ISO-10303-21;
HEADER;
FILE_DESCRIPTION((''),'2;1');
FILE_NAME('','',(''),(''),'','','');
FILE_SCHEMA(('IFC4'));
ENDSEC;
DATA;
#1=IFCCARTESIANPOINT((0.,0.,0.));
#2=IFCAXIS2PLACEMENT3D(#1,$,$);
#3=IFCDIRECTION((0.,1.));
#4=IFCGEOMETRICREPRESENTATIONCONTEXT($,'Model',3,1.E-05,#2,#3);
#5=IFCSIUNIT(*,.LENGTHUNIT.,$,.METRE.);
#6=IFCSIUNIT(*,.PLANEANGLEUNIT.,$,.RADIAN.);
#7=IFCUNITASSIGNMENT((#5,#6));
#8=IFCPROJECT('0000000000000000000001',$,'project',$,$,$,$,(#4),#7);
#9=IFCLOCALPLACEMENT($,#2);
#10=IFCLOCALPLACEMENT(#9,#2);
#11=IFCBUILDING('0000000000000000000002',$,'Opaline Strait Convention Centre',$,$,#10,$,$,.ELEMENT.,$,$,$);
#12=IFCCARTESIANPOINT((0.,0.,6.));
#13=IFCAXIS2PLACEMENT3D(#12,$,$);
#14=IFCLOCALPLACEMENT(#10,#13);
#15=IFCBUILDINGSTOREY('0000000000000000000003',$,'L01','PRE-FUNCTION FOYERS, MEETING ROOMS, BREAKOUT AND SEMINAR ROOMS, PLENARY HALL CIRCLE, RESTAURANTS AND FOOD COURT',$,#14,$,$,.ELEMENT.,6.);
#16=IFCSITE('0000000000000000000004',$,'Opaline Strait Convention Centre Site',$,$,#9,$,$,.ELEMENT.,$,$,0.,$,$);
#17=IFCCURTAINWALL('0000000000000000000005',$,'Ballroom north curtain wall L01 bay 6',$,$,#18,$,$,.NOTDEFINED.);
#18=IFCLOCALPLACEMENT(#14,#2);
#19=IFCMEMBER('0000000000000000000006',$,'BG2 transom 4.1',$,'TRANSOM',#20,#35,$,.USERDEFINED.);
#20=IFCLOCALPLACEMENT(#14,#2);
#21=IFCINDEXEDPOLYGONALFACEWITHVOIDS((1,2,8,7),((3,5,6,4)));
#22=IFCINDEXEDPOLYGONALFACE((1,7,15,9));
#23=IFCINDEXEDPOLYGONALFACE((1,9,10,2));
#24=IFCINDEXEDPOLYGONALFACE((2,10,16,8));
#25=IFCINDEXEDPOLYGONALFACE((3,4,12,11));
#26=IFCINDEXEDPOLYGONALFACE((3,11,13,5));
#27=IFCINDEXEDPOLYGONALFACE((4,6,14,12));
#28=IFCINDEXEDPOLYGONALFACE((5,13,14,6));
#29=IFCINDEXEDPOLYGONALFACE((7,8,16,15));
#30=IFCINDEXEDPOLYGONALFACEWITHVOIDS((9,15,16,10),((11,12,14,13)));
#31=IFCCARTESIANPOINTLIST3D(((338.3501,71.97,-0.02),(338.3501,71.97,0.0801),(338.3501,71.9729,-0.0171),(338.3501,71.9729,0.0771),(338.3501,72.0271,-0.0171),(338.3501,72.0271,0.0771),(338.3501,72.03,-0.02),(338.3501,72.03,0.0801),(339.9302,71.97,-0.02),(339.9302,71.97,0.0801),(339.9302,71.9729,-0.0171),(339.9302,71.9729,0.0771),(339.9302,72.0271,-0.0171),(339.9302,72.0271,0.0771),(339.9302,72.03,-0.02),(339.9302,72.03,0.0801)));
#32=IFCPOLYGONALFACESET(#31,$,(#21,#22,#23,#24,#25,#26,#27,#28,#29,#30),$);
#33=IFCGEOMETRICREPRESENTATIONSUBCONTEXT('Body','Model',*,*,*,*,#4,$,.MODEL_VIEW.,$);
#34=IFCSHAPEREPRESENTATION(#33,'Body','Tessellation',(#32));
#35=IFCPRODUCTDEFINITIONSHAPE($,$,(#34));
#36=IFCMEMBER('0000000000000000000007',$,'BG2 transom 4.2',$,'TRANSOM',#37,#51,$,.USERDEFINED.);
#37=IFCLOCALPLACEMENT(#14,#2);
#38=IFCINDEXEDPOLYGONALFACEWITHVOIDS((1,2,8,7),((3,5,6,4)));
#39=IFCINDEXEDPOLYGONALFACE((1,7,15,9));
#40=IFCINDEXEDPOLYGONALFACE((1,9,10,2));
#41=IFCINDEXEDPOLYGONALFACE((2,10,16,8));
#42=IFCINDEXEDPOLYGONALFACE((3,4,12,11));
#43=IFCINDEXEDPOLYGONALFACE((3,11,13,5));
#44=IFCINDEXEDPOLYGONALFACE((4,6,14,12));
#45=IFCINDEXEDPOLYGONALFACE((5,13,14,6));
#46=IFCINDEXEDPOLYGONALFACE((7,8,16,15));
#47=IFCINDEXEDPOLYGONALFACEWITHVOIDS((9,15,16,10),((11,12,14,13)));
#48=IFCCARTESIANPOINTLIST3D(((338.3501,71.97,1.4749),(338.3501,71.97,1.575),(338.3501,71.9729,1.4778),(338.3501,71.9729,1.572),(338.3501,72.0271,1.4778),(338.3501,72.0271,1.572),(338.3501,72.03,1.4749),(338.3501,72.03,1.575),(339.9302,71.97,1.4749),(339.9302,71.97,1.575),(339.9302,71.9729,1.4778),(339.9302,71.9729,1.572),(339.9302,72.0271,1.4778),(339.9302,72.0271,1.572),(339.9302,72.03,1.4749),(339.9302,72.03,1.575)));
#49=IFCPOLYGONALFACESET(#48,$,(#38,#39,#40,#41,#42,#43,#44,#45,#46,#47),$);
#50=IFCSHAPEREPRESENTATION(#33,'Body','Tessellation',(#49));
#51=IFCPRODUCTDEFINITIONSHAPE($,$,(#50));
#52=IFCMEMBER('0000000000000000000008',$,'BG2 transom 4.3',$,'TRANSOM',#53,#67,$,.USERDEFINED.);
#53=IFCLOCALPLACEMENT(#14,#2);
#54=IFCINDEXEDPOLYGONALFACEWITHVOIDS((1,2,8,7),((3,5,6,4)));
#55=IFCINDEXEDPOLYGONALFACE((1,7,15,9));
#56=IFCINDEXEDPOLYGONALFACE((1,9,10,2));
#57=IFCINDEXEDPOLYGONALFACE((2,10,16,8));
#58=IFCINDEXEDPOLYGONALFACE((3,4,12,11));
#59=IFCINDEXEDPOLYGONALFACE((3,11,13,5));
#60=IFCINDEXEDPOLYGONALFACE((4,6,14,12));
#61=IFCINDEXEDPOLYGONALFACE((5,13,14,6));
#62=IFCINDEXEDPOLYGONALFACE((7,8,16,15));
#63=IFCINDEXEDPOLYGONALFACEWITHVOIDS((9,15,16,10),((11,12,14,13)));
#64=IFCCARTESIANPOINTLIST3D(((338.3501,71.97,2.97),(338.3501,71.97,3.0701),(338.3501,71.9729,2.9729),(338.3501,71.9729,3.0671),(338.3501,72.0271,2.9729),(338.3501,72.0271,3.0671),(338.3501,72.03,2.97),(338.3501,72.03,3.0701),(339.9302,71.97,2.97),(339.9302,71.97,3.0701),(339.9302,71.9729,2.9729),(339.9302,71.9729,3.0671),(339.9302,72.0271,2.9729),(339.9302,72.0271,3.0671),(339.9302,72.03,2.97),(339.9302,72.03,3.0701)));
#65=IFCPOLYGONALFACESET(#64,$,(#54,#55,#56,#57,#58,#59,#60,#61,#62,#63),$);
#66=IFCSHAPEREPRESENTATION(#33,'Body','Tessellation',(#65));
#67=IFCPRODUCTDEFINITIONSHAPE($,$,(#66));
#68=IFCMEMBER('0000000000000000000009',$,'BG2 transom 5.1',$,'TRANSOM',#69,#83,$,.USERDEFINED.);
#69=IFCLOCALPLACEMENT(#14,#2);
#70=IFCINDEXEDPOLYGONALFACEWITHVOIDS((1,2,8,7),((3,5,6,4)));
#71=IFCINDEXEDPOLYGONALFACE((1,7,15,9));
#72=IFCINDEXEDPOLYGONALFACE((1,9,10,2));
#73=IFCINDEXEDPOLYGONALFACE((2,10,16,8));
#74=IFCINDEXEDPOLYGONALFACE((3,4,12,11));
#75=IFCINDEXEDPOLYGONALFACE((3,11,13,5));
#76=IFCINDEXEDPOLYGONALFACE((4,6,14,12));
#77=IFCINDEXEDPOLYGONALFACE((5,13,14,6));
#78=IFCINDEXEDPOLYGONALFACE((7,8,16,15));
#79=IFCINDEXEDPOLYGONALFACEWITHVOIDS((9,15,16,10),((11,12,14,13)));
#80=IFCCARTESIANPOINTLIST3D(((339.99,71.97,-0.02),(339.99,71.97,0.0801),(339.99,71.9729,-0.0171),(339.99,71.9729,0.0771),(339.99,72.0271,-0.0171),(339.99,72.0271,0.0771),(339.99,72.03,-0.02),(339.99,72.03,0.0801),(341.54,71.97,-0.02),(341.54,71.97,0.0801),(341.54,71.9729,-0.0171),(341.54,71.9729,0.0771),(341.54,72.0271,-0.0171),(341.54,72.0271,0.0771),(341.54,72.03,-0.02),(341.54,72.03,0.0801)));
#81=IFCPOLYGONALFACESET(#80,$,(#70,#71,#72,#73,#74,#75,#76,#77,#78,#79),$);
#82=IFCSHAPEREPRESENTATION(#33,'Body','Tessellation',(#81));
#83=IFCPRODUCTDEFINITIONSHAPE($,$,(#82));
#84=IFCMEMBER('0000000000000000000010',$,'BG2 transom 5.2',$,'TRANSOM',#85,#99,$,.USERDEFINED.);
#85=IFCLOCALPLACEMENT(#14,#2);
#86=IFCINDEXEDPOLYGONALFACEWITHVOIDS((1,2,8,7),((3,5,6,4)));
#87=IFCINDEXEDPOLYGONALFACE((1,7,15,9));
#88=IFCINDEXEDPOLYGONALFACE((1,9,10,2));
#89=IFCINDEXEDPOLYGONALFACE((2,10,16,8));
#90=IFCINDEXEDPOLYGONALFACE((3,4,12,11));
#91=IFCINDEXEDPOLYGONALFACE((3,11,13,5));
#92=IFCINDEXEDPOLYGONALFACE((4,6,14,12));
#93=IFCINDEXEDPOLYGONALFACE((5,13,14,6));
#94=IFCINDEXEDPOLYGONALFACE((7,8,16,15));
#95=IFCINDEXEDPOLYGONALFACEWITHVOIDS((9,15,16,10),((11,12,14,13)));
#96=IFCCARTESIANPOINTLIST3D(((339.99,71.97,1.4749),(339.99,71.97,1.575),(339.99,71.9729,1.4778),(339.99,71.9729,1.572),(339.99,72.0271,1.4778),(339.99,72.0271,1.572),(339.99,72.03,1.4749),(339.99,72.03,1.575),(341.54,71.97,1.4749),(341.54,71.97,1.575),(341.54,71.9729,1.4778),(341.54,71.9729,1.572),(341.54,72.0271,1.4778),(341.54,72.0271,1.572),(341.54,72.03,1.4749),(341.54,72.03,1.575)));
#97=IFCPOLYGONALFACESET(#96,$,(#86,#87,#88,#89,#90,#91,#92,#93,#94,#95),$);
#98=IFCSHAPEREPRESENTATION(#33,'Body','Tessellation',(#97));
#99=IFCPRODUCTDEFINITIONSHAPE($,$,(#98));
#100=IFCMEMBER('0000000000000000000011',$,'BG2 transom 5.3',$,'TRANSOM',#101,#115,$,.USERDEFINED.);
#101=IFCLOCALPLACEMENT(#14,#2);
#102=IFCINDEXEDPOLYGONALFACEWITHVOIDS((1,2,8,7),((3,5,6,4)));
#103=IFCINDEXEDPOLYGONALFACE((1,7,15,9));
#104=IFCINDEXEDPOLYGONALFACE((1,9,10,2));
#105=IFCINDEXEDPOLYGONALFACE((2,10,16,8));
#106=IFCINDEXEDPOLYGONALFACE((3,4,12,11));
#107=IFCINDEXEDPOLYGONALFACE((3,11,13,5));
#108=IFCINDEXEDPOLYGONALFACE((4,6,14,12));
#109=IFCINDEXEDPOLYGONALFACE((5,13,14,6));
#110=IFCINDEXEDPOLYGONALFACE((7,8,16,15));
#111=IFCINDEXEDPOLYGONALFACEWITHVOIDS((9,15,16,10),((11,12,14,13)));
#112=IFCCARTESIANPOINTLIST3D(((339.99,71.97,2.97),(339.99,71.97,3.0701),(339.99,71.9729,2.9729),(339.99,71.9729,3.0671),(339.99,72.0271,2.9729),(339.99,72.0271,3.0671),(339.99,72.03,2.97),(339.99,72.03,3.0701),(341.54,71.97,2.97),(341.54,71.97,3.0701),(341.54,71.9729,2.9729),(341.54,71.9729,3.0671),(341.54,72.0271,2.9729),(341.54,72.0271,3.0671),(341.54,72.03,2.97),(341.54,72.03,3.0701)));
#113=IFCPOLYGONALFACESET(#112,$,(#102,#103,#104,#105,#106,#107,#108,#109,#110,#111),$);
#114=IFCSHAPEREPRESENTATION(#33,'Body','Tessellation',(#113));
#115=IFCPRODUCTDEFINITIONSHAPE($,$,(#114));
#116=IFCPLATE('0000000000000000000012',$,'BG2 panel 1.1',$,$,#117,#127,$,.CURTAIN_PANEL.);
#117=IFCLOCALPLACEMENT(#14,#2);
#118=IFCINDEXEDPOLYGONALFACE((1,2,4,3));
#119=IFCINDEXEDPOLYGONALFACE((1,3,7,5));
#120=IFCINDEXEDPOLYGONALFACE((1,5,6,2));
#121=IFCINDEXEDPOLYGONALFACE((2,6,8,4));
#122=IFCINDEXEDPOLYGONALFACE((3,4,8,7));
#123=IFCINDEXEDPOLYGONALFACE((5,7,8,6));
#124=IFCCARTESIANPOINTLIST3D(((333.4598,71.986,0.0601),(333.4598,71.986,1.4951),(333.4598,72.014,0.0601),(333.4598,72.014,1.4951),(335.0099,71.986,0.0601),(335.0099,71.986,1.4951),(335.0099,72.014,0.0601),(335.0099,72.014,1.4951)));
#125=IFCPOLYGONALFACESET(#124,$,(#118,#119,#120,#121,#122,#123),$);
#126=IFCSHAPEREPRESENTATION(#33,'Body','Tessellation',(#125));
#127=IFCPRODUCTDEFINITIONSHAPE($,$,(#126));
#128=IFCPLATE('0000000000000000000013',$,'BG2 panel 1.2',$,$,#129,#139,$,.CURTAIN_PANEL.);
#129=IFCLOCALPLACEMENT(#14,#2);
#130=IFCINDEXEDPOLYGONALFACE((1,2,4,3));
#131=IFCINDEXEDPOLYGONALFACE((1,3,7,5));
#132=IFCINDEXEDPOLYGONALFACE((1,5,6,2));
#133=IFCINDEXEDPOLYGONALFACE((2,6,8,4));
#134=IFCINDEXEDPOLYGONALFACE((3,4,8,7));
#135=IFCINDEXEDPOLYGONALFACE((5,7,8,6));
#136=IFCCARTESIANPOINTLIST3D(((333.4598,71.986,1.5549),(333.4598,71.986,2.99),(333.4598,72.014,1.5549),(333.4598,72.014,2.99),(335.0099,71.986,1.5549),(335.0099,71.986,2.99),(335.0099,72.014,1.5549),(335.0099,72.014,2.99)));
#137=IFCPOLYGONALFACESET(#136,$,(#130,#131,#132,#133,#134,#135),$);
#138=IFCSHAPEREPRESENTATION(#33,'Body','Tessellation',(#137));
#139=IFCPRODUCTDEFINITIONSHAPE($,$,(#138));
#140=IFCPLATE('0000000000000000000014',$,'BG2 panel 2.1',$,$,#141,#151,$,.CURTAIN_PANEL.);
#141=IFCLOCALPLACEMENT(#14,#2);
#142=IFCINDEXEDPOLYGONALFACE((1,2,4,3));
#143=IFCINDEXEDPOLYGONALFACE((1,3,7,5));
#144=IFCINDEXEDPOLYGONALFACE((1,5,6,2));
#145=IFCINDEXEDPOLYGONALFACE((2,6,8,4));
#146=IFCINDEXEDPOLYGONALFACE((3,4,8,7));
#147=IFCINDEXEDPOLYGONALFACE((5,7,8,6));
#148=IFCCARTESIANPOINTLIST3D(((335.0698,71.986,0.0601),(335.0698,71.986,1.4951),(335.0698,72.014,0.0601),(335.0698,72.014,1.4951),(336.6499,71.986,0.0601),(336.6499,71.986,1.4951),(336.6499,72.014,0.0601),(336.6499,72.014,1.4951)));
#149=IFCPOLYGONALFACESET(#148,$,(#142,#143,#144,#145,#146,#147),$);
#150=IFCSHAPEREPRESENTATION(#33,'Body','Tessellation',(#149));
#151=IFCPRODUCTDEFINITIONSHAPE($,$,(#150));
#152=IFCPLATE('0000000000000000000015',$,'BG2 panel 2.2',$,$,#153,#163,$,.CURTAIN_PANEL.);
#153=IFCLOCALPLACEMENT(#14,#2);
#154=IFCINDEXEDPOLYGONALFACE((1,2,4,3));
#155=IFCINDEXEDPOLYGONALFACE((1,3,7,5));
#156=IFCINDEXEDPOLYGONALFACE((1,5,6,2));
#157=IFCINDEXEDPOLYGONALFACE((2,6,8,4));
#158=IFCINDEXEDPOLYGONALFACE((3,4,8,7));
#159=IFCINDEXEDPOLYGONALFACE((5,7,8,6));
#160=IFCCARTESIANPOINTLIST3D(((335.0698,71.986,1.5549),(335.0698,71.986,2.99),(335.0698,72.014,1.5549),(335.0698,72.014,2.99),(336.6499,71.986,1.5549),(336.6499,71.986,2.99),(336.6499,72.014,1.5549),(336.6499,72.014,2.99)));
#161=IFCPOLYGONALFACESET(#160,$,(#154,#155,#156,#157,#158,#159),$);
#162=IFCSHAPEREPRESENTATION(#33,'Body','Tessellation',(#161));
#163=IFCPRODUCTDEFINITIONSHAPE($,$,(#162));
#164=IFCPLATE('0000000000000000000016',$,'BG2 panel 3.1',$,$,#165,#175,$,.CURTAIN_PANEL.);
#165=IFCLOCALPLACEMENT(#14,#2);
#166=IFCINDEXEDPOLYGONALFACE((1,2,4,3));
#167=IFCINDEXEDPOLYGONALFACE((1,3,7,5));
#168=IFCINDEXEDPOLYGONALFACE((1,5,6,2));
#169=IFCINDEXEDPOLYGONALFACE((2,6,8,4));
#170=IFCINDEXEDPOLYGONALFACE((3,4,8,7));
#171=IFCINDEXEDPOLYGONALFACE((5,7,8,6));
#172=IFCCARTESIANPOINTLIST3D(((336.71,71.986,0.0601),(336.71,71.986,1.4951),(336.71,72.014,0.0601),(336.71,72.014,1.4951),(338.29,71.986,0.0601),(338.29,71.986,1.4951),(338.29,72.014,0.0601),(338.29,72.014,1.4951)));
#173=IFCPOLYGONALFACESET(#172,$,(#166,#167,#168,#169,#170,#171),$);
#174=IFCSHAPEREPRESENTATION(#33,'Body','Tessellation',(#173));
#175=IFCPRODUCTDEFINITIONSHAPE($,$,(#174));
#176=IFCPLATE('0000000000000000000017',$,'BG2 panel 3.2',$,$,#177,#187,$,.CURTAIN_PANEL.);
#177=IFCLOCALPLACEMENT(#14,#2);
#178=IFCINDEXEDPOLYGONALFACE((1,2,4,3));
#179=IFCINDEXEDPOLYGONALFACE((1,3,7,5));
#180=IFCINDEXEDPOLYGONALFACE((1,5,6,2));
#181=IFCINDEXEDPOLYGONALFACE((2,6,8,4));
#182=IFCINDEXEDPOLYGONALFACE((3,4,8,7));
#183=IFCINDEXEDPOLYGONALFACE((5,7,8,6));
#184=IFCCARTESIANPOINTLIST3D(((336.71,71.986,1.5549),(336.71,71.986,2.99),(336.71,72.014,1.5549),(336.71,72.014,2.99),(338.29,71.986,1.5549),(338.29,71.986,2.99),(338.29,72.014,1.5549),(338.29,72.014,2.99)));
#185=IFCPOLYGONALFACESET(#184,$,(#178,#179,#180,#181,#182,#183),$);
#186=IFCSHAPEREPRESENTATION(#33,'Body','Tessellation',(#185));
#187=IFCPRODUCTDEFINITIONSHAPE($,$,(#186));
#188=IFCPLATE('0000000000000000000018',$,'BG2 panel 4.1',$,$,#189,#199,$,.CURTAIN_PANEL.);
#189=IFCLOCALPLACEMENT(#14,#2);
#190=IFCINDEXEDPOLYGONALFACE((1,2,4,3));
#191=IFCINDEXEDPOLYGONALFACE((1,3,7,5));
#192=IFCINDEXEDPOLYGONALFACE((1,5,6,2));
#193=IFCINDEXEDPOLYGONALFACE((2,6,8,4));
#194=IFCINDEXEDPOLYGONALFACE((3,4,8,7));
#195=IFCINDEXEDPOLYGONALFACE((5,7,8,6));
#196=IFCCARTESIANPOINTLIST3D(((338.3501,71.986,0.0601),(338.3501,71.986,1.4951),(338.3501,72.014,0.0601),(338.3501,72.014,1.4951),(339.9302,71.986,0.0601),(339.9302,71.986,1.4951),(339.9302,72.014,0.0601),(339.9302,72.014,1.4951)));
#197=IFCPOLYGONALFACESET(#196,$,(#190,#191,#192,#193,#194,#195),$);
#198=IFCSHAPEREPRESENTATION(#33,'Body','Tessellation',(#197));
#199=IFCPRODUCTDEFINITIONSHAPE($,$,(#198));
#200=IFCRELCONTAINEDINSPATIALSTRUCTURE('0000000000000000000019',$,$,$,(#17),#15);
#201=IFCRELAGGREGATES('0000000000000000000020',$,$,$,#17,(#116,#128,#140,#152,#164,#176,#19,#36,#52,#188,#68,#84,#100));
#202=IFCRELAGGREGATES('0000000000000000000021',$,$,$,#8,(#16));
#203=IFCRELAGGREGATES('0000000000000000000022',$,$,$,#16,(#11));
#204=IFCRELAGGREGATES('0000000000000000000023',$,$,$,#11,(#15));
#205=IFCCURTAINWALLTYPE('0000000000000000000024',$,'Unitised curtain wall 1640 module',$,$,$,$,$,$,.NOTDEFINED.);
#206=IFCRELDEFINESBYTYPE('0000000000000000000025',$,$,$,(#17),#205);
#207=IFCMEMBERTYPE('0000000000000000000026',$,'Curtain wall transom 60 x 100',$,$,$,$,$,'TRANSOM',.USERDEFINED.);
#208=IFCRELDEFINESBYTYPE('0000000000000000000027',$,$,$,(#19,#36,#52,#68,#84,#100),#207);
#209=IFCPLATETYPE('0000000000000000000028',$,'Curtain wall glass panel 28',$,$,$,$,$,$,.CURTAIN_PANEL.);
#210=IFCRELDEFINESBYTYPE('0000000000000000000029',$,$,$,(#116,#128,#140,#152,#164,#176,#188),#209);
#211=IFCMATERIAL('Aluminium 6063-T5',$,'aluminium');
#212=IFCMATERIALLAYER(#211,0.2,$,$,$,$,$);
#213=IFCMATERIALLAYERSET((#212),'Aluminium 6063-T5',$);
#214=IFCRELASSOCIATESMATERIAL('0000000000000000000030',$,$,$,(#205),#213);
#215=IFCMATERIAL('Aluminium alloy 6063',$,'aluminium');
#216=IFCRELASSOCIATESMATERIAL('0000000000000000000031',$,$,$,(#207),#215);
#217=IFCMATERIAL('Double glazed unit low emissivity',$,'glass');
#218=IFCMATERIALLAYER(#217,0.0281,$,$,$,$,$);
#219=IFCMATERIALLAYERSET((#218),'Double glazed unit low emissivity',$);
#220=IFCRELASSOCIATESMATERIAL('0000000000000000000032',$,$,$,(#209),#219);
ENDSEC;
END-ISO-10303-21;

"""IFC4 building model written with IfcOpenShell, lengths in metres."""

from ifc_helpers import new_model, si_unit, direction, frame, origin, origin_2d, place, context, subcontext, project, spatial, rectangle, hollow_rectangle, extrude, material, layer, layer_set, material_profile, profile_set, type_object, element, aggregate, save


model = new_model("IFC4")

# Units and contexts
model_context = context("Model", 3, precision=1e-05, world=origin(), true_north=direction((0.0, 1.0)))
body_context = subcontext(model_context, "Body", "Model", "MODEL_VIEW")
ifc_project = project(units=[si_unit("LENGTHUNIT", "METRE"), si_unit("PLANEANGLEUNIT", "RADIAN")], contexts=[model_context])

# Site, building, storey
site_placement = place(None, origin())
site = spatial("IfcSite", under=ifc_project, at=site_placement, Name="Opaline Strait Convention Centre Site", CompositionType="ELEMENT", RefElevation=0.0)
building_placement = place(site_placement, origin())
building = spatial("IfcBuilding", under=site, at=building_placement, Name="Opaline Strait Convention Centre", CompositionType="ELEMENT")
storey_placement = place(building_placement, frame((0.0, 0.0, 6.0)))
storey = spatial("IfcBuildingStorey", under=building, at=storey_placement, Name="L01", Description="PRE-FUNCTION FOYERS, MEETING ROOMS, BREAKOUT AND SEMINAR ROOMS, PLENARY HALL CIRCLE, RESTAURANTS AND FOOD COURT", CompositionType="ELEMENT", Elevation=6.0)

# Curtain wall, members, plates
ifc_material_1 = material(Name="Aluminium 6063-T5", Category="aluminium")
ifc_layer_1 = layer(ifc_material_1, 0.2)
ifc_layer_set_1 = layer_set([ifc_layer_1], Name="Aluminium 6063-T5")
curtain_wall_type = type_object("IfcCurtainWallType", Name="Unitised curtain wall 1640 module", PredefinedType="NOTDEFINED", material=ifc_layer_set_1)
curtain_wall_placement = place(storey_placement, origin())
curtain_wall = element("IfcCurtainWall", 1, at=curtain_wall_placement, inside=storey, type_object=curtain_wall_type, Name="Ballroom north curtain wall L01 bay 6", PredefinedType="NOTDEFINED")
ifc_material_2 = material(Name="Aluminium alloy 6063", Category="aluminium")
ifc_material_profile_1 = material_profile(ifc_material_2, hollow_rectangle(XDim=0.0601, YDim=0.1001, WallThickness=0.0029, at=origin_2d()), Name="TRANSOM 60x100x3")
ifc_profile_set_1 = profile_set([ifc_material_profile_1], Name="Aluminium alloy 6063")
member_type_1 = type_object("IfcMemberType", Name="Curtain wall transom 60 x 100", ElementType="TRANSOM", PredefinedType="USERDEFINED", material=ifc_profile_set_1)
member_1_placement = place(storey_placement, frame((338.3501, 72.0, 0.03), z_axis=(1.0, 0.0, 0.0), x_axis=(0.0, 1.0, 0.0)))
member_1 = element("IfcMember", 2, at=member_1_placement, type_object=member_type_1, Name="BG2 transom 4.1", ObjectType="TRANSOM", PredefinedType="USERDEFINED", context=body_context, shape_type="SweptSolid", body=[
    extrude(hollow_rectangle(XDim=0.0601, YDim=0.1001, WallThickness=0.0029, at=origin_2d()), origin(), (0.0, 0.0, 1.0), 1.5801),
])
member_2_placement = place(storey_placement, frame((338.3501, 72.0, 1.5249), z_axis=(1.0, 0.0, 0.0), x_axis=(0.0, 1.0, 0.0)))
member_2 = element("IfcMember", 3, at=member_2_placement, type_object=member_type_1, Name="BG2 transom 4.2", ObjectType="TRANSOM", PredefinedType="USERDEFINED", context=body_context, shape_type="SweptSolid", body=[
    extrude(hollow_rectangle(XDim=0.0601, YDim=0.1001, WallThickness=0.0029, at=origin_2d()), origin(), (0.0, 0.0, 1.0), 1.5801),
])
member_3_placement = place(storey_placement, frame((338.3501, 72.0, 3.02), z_axis=(1.0, 0.0, 0.0), x_axis=(0.0, 1.0, 0.0)))
member_3 = element("IfcMember", 4, at=member_3_placement, type_object=member_type_1, Name="BG2 transom 4.3", ObjectType="TRANSOM", PredefinedType="USERDEFINED", context=body_context, shape_type="SweptSolid", body=[
    extrude(hollow_rectangle(XDim=0.0601, YDim=0.1001, WallThickness=0.0029, at=origin_2d()), origin(), (0.0, 0.0, 1.0), 1.5801),
])
member_4_placement = place(storey_placement, frame((339.99, 72.0, 0.03), z_axis=(1.0, 0.0, 0.0), x_axis=(0.0, 1.0, 0.0)))
member_4 = element("IfcMember", 5, at=member_4_placement, type_object=member_type_1, Name="BG2 transom 5.1", ObjectType="TRANSOM", PredefinedType="USERDEFINED", context=body_context, shape_type="SweptSolid", body=[
    extrude(hollow_rectangle(XDim=0.0601, YDim=0.1001, WallThickness=0.0029, at=origin_2d()), origin(), (0.0, 0.0, 1.0), 1.55),
])
member_5_placement = place(storey_placement, frame((339.99, 72.0, 1.5249), z_axis=(1.0, 0.0, 0.0), x_axis=(0.0, 1.0, 0.0)))
member_5 = element("IfcMember", 6, at=member_5_placement, type_object=member_type_1, Name="BG2 transom 5.2", ObjectType="TRANSOM", PredefinedType="USERDEFINED", context=body_context, shape_type="SweptSolid", body=[
    extrude(hollow_rectangle(XDim=0.0601, YDim=0.1001, WallThickness=0.0029, at=origin_2d()), origin(), (0.0, 0.0, 1.0), 1.55),
])
member_6_placement = place(storey_placement, frame((339.99, 72.0, 3.02), z_axis=(1.0, 0.0, 0.0), x_axis=(0.0, 1.0, 0.0)))
member_6 = element("IfcMember", 7, at=member_6_placement, type_object=member_type_1, Name="BG2 transom 5.3", ObjectType="TRANSOM", PredefinedType="USERDEFINED", context=body_context, shape_type="SweptSolid", body=[
    extrude(hollow_rectangle(XDim=0.0601, YDim=0.1001, WallThickness=0.0029, at=origin_2d()), origin(), (0.0, 0.0, 1.0), 1.55),
])
ifc_material_3 = material(Name="Double glazed unit low emissivity", Category="glass")
ifc_layer_2 = layer(ifc_material_3, 0.0281)
ifc_layer_set_2 = layer_set([ifc_layer_2], Name="Double glazed unit low emissivity")
plate_type = type_object("IfcPlateType", Name="Curtain wall glass panel 28", PredefinedType="CURTAIN_PANEL", material=ifc_layer_set_2)
plate_1_placement = place(storey_placement, frame((334.2349, 72.0, 0.0601), z_axis=(0.0, 0.0, 1.0), x_axis=(1.0, 0.0, 0.0)))
plate_1 = element("IfcPlate", 8, at=plate_1_placement, type_object=plate_type, Name="BG2 panel 1.1", PredefinedType="CURTAIN_PANEL", context=body_context, shape_type="SweptSolid", body=[
    extrude(rectangle(XDim=1.55, YDim=0.0281, at=origin_2d()), origin(), (0.0, 0.0, 1.0), 1.4351),
])
plate_2_placement = place(storey_placement, frame((334.2349, 72.0, 1.5549), z_axis=(0.0, 0.0, 1.0), x_axis=(1.0, 0.0, 0.0)))
plate_2 = element("IfcPlate", 9, at=plate_2_placement, type_object=plate_type, Name="BG2 panel 1.2", PredefinedType="CURTAIN_PANEL", context=body_context, shape_type="SweptSolid", body=[
    extrude(rectangle(XDim=1.55, YDim=0.0281, at=origin_2d()), origin(), (0.0, 0.0, 1.0), 1.4351),
])
plate_3_placement = place(storey_placement, frame((335.8599, 72.0, 0.0601), z_axis=(0.0, 0.0, 1.0), x_axis=(1.0, 0.0, 0.0)))
plate_3 = element("IfcPlate", 10, at=plate_3_placement, type_object=plate_type, Name="BG2 panel 2.1", PredefinedType="CURTAIN_PANEL", context=body_context, shape_type="SweptSolid", body=[
    extrude(rectangle(XDim=1.5801, YDim=0.0281, at=origin_2d()), origin(), (0.0, 0.0, 1.0), 1.4351),
])
plate_4_placement = place(storey_placement, frame((335.8599, 72.0, 1.5549), z_axis=(0.0, 0.0, 1.0), x_axis=(1.0, 0.0, 0.0)))
plate_4 = element("IfcPlate", 11, at=plate_4_placement, type_object=plate_type, Name="BG2 panel 2.2", PredefinedType="CURTAIN_PANEL", context=body_context, shape_type="SweptSolid", body=[
    extrude(rectangle(XDim=1.5801, YDim=0.0281, at=origin_2d()), origin(), (0.0, 0.0, 1.0), 1.4351),
])
plate_5_placement = place(storey_placement, frame((337.5, 72.0, 0.0601), z_axis=(0.0, 0.0, 1.0), x_axis=(1.0, 0.0, 0.0)))
plate_5 = element("IfcPlate", 12, at=plate_5_placement, type_object=plate_type, Name="BG2 panel 3.1", PredefinedType="CURTAIN_PANEL", context=body_context, shape_type="SweptSolid", body=[
    extrude(rectangle(XDim=1.5801, YDim=0.0281, at=origin_2d()), origin(), (0.0, 0.0, 1.0), 1.4351),
])
plate_6_placement = place(storey_placement, frame((337.5, 72.0, 1.5549), z_axis=(0.0, 0.0, 1.0), x_axis=(1.0, 0.0, 0.0)))
plate_6 = element("IfcPlate", 13, at=plate_6_placement, type_object=plate_type, Name="BG2 panel 3.2", PredefinedType="CURTAIN_PANEL", context=body_context, shape_type="SweptSolid", body=[
    extrude(rectangle(XDim=1.5801, YDim=0.0281, at=origin_2d()), origin(), (0.0, 0.0, 1.0), 1.4351),
])
plate_7_placement = place(storey_placement, frame((339.1401, 72.0, 0.0601), z_axis=(0.0, 0.0, 1.0), x_axis=(1.0, 0.0, 0.0)))
plate_7 = element("IfcPlate", 14, at=plate_7_placement, type_object=plate_type, Name="BG2 panel 4.1", PredefinedType="CURTAIN_PANEL", context=body_context, shape_type="SweptSolid", body=[
    extrude(rectangle(XDim=1.5801, YDim=0.0281, at=origin_2d()), origin(), (0.0, 0.0, 1.0), 1.4351),
])
aggregate(curtain_wall, [plate_1, plate_2, plate_3, plate_4, plate_5, plate_6, member_1, member_2, member_3, plate_7, member_4, member_5, member_6])

save(model, "model.ifc")
